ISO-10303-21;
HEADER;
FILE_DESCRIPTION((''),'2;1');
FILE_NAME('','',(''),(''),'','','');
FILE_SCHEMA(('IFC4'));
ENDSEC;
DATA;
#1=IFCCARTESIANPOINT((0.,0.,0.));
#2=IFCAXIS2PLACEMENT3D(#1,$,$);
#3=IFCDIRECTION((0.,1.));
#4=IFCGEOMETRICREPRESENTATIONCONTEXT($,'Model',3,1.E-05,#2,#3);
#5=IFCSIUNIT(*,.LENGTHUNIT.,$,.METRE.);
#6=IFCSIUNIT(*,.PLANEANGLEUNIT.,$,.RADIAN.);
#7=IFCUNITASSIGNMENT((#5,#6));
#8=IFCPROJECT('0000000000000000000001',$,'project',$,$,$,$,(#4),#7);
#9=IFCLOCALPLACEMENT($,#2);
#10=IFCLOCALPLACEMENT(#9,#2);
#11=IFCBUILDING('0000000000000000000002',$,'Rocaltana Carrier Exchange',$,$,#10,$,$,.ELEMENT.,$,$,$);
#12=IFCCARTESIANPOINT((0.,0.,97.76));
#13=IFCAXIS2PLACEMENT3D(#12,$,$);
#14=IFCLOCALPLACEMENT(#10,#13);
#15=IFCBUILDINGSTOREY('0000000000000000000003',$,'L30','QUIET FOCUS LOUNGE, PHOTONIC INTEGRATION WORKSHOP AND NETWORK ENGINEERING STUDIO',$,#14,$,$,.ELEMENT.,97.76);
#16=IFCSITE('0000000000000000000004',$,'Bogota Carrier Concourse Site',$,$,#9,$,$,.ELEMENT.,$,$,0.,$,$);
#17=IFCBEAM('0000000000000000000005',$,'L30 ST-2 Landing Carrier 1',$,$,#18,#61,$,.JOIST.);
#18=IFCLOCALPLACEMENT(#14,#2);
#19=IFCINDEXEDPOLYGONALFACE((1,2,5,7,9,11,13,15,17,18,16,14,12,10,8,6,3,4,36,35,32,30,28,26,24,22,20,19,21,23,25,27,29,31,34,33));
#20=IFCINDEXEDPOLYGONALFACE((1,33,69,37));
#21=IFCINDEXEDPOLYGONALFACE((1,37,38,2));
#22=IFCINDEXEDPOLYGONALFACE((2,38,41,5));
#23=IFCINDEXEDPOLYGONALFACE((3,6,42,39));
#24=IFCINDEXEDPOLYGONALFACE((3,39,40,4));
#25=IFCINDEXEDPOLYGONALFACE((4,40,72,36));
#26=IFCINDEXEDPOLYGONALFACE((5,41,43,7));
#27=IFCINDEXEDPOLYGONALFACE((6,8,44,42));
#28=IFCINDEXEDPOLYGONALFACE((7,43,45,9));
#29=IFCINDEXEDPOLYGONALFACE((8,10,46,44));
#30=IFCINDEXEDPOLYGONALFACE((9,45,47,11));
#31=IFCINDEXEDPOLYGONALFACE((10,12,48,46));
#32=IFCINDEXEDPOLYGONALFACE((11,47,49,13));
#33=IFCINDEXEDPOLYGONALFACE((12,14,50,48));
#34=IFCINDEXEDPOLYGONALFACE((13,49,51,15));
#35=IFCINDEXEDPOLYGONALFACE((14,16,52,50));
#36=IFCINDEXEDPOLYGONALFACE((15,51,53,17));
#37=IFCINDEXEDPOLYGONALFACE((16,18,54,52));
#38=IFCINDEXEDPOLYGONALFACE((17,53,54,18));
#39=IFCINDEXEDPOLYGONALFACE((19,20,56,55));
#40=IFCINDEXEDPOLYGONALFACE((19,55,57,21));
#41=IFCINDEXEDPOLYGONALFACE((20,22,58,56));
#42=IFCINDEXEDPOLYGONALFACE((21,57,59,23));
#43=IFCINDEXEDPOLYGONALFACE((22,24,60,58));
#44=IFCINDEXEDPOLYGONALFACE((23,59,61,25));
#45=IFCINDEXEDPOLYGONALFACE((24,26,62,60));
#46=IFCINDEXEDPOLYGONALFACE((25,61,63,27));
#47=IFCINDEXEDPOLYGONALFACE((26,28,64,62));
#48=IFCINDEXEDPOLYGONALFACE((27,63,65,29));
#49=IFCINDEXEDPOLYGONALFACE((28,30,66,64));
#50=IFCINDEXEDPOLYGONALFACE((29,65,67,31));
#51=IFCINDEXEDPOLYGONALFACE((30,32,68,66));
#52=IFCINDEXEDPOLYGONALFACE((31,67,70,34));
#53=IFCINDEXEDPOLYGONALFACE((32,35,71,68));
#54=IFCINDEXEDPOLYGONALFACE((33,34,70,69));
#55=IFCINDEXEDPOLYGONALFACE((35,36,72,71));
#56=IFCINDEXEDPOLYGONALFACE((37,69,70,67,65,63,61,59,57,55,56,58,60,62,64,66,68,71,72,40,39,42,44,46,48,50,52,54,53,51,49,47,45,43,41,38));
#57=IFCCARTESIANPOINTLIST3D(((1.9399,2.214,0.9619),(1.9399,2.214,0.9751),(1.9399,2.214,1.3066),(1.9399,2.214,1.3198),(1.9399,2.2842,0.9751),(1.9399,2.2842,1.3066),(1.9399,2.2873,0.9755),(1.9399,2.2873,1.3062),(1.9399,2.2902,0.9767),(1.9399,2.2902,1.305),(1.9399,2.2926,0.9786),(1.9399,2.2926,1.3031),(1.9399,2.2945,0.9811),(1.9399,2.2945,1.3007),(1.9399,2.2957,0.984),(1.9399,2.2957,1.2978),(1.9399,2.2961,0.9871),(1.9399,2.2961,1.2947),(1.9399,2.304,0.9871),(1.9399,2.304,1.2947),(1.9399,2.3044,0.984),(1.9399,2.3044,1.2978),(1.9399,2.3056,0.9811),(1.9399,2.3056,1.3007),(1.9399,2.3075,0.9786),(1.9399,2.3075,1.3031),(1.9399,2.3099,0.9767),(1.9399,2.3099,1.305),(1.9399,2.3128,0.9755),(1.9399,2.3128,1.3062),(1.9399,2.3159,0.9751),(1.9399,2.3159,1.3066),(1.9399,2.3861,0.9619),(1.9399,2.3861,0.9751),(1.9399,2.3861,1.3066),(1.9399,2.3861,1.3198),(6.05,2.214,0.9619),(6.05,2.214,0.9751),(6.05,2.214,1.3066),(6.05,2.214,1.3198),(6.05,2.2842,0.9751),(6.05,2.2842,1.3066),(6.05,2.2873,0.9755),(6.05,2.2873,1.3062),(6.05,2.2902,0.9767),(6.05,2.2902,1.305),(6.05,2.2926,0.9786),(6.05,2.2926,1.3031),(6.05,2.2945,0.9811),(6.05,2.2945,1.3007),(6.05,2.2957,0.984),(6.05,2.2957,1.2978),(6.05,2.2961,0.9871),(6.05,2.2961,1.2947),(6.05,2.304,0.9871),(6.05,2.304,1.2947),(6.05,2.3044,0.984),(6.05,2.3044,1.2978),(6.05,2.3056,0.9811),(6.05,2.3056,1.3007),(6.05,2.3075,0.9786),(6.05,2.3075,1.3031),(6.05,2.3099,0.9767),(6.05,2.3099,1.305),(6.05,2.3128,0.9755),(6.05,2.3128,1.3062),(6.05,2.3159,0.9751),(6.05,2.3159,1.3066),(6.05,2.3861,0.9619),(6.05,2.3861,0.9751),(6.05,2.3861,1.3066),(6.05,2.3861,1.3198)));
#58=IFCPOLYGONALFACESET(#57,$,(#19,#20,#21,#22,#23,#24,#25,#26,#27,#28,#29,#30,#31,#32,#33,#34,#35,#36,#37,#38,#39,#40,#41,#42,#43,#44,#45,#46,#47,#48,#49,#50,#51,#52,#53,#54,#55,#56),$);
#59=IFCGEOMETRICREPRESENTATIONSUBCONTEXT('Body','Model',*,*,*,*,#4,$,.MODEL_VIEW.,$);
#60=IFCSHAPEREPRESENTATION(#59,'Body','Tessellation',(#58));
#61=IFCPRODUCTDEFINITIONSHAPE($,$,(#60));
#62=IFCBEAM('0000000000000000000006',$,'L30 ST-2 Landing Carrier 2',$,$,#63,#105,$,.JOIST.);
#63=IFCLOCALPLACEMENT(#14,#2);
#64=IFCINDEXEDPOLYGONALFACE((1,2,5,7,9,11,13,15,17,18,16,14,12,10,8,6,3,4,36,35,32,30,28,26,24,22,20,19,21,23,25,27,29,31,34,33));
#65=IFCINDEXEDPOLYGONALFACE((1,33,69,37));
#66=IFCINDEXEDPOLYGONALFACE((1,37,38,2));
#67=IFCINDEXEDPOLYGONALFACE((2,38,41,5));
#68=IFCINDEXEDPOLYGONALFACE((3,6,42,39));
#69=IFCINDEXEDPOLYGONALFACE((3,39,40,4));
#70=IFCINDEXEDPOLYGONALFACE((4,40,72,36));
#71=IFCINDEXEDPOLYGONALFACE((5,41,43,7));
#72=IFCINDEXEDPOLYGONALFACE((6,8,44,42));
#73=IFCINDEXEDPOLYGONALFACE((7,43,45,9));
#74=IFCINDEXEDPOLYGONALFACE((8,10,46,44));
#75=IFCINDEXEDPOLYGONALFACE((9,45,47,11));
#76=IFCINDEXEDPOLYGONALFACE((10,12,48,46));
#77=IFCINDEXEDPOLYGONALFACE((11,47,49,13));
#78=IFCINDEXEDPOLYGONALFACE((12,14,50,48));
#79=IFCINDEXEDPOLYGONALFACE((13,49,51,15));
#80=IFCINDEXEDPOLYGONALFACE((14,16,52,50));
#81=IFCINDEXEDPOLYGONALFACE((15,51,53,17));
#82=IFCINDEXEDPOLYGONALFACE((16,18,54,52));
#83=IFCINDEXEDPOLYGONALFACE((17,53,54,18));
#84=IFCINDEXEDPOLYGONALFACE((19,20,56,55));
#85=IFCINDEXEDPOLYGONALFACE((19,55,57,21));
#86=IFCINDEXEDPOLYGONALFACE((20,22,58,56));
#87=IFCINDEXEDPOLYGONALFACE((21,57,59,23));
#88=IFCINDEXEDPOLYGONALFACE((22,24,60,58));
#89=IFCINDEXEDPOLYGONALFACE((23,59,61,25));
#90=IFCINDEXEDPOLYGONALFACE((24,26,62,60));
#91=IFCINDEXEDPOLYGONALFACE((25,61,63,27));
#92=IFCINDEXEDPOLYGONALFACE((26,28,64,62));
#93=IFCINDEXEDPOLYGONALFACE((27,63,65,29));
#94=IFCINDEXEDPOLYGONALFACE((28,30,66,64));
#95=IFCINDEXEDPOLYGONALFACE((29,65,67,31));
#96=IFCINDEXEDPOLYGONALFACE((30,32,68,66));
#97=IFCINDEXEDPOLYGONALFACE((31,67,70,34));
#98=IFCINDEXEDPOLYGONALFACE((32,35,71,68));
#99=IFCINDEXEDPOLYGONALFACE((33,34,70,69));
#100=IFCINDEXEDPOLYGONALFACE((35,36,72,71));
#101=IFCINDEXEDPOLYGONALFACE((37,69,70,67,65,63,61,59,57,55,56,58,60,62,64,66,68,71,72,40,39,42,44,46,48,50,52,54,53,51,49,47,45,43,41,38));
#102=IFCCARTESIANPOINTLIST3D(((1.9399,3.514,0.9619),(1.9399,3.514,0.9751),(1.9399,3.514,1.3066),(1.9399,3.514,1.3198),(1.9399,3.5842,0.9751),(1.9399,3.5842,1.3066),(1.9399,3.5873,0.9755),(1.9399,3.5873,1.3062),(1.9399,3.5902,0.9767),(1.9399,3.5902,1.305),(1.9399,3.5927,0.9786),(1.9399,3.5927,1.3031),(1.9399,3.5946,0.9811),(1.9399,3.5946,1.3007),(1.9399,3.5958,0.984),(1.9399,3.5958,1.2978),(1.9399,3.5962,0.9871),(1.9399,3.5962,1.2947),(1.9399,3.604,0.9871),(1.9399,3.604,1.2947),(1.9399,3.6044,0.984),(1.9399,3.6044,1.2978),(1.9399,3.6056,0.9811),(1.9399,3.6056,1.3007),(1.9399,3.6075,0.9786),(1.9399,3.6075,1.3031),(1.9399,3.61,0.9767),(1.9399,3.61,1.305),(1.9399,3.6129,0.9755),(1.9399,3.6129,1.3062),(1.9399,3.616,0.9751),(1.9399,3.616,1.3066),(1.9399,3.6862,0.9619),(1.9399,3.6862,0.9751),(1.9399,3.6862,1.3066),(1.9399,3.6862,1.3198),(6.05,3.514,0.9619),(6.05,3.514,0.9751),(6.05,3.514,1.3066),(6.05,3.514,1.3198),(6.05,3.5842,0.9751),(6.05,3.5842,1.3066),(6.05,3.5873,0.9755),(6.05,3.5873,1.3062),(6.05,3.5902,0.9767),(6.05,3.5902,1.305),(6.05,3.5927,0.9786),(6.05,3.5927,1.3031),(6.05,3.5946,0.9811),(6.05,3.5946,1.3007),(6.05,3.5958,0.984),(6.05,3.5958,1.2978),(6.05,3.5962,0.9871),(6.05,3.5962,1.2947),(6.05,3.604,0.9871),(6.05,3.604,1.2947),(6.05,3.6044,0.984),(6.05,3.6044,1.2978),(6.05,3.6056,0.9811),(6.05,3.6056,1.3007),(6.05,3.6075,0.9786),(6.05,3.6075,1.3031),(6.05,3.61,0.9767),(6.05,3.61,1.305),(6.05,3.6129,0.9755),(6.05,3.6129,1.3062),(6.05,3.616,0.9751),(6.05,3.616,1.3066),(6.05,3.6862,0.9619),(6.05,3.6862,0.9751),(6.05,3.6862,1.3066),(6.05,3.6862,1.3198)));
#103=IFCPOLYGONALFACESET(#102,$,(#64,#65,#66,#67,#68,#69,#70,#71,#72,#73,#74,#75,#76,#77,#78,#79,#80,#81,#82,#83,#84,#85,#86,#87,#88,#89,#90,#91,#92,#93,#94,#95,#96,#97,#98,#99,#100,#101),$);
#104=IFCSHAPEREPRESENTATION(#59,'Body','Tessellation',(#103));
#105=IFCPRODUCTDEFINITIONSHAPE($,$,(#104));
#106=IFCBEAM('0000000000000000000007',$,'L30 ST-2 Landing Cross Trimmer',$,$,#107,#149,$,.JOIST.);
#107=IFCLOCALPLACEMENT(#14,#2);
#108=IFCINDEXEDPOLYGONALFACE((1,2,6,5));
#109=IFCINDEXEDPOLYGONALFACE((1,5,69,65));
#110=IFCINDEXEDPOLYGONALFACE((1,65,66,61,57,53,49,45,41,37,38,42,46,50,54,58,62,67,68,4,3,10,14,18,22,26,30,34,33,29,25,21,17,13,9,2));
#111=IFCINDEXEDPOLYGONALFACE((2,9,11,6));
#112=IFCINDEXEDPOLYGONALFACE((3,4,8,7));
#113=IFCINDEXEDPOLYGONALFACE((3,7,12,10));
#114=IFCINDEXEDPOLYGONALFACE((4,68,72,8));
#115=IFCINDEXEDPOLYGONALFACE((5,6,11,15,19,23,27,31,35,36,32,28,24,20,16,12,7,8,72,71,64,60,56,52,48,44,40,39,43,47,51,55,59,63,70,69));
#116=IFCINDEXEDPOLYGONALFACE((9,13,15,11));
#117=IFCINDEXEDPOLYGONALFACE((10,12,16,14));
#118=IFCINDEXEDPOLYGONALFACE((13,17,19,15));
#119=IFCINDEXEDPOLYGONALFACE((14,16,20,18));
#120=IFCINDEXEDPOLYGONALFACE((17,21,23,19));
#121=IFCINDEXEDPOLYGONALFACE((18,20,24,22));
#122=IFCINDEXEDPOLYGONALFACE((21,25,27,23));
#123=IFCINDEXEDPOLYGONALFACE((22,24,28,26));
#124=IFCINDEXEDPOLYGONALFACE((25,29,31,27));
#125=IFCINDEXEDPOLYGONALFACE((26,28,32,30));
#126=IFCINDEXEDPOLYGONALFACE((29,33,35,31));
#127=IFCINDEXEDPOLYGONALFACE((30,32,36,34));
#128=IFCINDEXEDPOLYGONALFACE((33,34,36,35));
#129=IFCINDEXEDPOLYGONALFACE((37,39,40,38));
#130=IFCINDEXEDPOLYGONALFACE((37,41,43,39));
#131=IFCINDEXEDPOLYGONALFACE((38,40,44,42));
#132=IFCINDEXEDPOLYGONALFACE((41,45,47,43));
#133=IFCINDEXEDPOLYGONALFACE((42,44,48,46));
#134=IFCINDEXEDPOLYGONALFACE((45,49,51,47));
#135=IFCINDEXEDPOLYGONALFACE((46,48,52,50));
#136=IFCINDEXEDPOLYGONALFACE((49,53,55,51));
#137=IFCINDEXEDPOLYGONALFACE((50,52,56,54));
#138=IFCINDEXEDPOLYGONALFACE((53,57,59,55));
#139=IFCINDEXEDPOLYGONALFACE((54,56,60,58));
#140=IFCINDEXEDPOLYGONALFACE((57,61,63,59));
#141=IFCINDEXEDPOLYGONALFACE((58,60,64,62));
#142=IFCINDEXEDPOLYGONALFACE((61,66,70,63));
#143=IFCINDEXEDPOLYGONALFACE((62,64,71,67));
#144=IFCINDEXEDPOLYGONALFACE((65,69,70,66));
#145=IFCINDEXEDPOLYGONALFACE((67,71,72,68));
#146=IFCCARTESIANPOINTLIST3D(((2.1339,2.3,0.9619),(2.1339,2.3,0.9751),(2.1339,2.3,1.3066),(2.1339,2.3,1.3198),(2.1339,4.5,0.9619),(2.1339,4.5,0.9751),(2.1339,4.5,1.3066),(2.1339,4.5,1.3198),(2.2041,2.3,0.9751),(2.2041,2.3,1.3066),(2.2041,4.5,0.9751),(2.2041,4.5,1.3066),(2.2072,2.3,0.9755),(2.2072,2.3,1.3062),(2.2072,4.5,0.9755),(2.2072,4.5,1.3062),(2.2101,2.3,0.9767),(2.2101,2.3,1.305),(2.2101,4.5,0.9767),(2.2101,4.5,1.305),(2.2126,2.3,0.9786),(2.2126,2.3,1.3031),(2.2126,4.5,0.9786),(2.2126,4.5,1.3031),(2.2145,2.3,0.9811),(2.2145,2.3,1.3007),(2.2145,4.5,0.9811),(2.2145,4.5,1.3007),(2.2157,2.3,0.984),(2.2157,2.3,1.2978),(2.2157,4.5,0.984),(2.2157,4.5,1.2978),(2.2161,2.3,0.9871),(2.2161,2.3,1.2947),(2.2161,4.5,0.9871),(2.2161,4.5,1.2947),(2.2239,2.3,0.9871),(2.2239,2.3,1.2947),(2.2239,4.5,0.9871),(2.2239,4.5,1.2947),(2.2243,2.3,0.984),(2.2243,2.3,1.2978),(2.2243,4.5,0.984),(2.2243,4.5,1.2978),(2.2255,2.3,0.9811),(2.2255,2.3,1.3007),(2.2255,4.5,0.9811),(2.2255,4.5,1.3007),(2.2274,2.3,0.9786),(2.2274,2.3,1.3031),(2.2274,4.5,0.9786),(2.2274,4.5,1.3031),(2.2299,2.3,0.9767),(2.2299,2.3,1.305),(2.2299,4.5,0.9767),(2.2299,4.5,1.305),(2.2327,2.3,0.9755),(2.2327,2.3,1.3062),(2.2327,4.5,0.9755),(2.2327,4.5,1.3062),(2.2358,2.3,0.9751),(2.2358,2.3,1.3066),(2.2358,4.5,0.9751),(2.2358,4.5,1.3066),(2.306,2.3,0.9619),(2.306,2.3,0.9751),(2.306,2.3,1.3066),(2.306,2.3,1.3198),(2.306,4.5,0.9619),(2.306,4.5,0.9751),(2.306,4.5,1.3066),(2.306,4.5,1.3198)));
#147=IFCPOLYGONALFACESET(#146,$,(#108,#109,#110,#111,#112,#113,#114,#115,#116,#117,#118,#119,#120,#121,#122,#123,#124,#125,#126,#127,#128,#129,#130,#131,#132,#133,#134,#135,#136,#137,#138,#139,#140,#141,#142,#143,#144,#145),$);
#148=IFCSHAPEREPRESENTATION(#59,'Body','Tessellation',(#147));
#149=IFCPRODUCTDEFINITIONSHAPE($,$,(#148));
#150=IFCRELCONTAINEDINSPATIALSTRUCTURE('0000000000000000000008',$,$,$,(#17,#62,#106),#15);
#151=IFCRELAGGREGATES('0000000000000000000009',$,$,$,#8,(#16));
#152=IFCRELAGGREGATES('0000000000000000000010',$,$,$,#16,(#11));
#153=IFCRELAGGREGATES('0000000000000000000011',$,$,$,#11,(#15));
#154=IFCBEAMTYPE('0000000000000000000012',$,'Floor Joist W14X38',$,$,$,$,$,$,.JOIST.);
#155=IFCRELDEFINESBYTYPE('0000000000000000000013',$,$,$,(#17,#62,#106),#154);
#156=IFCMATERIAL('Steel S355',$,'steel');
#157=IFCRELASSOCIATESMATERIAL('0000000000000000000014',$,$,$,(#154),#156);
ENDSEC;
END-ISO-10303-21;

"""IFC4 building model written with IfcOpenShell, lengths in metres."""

from ifc_helpers import new_model, si_unit, direction, frame, origin, origin_2d, place, context, subcontext, project, spatial, i_section, extrude, material, material_profile, profile_set, type_object, element, save


model = new_model("IFC4")

# Units and contexts
model_context = context("Model", 3, precision=1e-05, world=origin(), true_north=direction((0.0, 1.0)))
body_context = subcontext(model_context, "Body", "Model", "MODEL_VIEW")
ifc_project = project(units=[si_unit("LENGTHUNIT", "METRE"), si_unit("PLANEANGLEUNIT", "RADIAN")], contexts=[model_context])

# Site, building, storey
site_placement = place(None, origin())
site = spatial("IfcSite", under=ifc_project, at=site_placement, Name="Bogota Carrier Concourse Site", CompositionType="ELEMENT", RefElevation=0.0)
building_placement = place(site_placement, origin())
building = spatial("IfcBuilding", under=site, at=building_placement, Name="Rocaltana Carrier Exchange", CompositionType="ELEMENT")
storey_placement = place(building_placement, frame((0.0, 0.0, 97.76)))
storey = spatial("IfcBuildingStorey", under=building, at=storey_placement, Name="L30", Description="QUIET FOCUS LOUNGE, PHOTONIC INTEGRATION WORKSHOP AND NETWORK ENGINEERING STUDIO", CompositionType="ELEMENT", Elevation=97.76)

# Beams
ifc_material_1 = material(Name="Steel S355", Category="steel")
ifc_material_profile = material_profile(ifc_material_1, i_section(OverallWidth=0.1721, OverallDepth=0.3579, WebThickness=0.0078, FlangeThickness=0.0132, FilletRadius=0.012, at=origin_2d()), Name="W14X38")
ifc_profile_set = profile_set([ifc_material_profile], Name="Steel S355")
beam_type = type_object("IfcBeamType", Name="Floor Joist W14X38", PredefinedType="JOIST", material=ifc_profile_set)
for number, where, z_axis, x_axis, name in (
    (1, (1.9399, 2.3, 1.1409), (1.0, 0.0, 0.0), (0.0, 1.0, 0.0), "L30 ST-2 Landing Carrier 1"),
    (2, (1.9399, 3.6001, 1.1409), (1.0, 0.0, 0.0), (0.0, 1.0, 0.0), "L30 ST-2 Landing Carrier 2"),
):
    element("IfcBeam", number, at=place(storey_placement, frame(where, z_axis=z_axis, x_axis=x_axis)), inside=storey, type_object=beam_type, Name=name, PredefinedType="JOIST", context=body_context, shape_type="SweptSolid", body=[
        extrude(i_section(OverallWidth=0.1721, OverallDepth=0.3579, WebThickness=0.0078, FlangeThickness=0.0132, FilletRadius=0.012, at=origin_2d()), origin(), (0.0, 0.0, 1.0), 4.1101),
    ])
beam_placement = place(storey_placement, frame((2.22, 2.3, 1.1409), z_axis=(0.0, 1.0, 0.0), x_axis=(-1.0, 0.0, 0.0)))
element("IfcBeam", 3, at=beam_placement, inside=storey, type_object=beam_type, Name="L30 ST-2 Landing Cross Trimmer", PredefinedType="JOIST", context=body_context, shape_type="SweptSolid", body=[
    extrude(i_section(OverallWidth=0.1721, OverallDepth=0.3579, WebThickness=0.0078, FlangeThickness=0.0132, FilletRadius=0.012, at=origin_2d()), origin(), (0.0, 0.0, 1.0), 2.2),
])

save(model, "model.ifc")
